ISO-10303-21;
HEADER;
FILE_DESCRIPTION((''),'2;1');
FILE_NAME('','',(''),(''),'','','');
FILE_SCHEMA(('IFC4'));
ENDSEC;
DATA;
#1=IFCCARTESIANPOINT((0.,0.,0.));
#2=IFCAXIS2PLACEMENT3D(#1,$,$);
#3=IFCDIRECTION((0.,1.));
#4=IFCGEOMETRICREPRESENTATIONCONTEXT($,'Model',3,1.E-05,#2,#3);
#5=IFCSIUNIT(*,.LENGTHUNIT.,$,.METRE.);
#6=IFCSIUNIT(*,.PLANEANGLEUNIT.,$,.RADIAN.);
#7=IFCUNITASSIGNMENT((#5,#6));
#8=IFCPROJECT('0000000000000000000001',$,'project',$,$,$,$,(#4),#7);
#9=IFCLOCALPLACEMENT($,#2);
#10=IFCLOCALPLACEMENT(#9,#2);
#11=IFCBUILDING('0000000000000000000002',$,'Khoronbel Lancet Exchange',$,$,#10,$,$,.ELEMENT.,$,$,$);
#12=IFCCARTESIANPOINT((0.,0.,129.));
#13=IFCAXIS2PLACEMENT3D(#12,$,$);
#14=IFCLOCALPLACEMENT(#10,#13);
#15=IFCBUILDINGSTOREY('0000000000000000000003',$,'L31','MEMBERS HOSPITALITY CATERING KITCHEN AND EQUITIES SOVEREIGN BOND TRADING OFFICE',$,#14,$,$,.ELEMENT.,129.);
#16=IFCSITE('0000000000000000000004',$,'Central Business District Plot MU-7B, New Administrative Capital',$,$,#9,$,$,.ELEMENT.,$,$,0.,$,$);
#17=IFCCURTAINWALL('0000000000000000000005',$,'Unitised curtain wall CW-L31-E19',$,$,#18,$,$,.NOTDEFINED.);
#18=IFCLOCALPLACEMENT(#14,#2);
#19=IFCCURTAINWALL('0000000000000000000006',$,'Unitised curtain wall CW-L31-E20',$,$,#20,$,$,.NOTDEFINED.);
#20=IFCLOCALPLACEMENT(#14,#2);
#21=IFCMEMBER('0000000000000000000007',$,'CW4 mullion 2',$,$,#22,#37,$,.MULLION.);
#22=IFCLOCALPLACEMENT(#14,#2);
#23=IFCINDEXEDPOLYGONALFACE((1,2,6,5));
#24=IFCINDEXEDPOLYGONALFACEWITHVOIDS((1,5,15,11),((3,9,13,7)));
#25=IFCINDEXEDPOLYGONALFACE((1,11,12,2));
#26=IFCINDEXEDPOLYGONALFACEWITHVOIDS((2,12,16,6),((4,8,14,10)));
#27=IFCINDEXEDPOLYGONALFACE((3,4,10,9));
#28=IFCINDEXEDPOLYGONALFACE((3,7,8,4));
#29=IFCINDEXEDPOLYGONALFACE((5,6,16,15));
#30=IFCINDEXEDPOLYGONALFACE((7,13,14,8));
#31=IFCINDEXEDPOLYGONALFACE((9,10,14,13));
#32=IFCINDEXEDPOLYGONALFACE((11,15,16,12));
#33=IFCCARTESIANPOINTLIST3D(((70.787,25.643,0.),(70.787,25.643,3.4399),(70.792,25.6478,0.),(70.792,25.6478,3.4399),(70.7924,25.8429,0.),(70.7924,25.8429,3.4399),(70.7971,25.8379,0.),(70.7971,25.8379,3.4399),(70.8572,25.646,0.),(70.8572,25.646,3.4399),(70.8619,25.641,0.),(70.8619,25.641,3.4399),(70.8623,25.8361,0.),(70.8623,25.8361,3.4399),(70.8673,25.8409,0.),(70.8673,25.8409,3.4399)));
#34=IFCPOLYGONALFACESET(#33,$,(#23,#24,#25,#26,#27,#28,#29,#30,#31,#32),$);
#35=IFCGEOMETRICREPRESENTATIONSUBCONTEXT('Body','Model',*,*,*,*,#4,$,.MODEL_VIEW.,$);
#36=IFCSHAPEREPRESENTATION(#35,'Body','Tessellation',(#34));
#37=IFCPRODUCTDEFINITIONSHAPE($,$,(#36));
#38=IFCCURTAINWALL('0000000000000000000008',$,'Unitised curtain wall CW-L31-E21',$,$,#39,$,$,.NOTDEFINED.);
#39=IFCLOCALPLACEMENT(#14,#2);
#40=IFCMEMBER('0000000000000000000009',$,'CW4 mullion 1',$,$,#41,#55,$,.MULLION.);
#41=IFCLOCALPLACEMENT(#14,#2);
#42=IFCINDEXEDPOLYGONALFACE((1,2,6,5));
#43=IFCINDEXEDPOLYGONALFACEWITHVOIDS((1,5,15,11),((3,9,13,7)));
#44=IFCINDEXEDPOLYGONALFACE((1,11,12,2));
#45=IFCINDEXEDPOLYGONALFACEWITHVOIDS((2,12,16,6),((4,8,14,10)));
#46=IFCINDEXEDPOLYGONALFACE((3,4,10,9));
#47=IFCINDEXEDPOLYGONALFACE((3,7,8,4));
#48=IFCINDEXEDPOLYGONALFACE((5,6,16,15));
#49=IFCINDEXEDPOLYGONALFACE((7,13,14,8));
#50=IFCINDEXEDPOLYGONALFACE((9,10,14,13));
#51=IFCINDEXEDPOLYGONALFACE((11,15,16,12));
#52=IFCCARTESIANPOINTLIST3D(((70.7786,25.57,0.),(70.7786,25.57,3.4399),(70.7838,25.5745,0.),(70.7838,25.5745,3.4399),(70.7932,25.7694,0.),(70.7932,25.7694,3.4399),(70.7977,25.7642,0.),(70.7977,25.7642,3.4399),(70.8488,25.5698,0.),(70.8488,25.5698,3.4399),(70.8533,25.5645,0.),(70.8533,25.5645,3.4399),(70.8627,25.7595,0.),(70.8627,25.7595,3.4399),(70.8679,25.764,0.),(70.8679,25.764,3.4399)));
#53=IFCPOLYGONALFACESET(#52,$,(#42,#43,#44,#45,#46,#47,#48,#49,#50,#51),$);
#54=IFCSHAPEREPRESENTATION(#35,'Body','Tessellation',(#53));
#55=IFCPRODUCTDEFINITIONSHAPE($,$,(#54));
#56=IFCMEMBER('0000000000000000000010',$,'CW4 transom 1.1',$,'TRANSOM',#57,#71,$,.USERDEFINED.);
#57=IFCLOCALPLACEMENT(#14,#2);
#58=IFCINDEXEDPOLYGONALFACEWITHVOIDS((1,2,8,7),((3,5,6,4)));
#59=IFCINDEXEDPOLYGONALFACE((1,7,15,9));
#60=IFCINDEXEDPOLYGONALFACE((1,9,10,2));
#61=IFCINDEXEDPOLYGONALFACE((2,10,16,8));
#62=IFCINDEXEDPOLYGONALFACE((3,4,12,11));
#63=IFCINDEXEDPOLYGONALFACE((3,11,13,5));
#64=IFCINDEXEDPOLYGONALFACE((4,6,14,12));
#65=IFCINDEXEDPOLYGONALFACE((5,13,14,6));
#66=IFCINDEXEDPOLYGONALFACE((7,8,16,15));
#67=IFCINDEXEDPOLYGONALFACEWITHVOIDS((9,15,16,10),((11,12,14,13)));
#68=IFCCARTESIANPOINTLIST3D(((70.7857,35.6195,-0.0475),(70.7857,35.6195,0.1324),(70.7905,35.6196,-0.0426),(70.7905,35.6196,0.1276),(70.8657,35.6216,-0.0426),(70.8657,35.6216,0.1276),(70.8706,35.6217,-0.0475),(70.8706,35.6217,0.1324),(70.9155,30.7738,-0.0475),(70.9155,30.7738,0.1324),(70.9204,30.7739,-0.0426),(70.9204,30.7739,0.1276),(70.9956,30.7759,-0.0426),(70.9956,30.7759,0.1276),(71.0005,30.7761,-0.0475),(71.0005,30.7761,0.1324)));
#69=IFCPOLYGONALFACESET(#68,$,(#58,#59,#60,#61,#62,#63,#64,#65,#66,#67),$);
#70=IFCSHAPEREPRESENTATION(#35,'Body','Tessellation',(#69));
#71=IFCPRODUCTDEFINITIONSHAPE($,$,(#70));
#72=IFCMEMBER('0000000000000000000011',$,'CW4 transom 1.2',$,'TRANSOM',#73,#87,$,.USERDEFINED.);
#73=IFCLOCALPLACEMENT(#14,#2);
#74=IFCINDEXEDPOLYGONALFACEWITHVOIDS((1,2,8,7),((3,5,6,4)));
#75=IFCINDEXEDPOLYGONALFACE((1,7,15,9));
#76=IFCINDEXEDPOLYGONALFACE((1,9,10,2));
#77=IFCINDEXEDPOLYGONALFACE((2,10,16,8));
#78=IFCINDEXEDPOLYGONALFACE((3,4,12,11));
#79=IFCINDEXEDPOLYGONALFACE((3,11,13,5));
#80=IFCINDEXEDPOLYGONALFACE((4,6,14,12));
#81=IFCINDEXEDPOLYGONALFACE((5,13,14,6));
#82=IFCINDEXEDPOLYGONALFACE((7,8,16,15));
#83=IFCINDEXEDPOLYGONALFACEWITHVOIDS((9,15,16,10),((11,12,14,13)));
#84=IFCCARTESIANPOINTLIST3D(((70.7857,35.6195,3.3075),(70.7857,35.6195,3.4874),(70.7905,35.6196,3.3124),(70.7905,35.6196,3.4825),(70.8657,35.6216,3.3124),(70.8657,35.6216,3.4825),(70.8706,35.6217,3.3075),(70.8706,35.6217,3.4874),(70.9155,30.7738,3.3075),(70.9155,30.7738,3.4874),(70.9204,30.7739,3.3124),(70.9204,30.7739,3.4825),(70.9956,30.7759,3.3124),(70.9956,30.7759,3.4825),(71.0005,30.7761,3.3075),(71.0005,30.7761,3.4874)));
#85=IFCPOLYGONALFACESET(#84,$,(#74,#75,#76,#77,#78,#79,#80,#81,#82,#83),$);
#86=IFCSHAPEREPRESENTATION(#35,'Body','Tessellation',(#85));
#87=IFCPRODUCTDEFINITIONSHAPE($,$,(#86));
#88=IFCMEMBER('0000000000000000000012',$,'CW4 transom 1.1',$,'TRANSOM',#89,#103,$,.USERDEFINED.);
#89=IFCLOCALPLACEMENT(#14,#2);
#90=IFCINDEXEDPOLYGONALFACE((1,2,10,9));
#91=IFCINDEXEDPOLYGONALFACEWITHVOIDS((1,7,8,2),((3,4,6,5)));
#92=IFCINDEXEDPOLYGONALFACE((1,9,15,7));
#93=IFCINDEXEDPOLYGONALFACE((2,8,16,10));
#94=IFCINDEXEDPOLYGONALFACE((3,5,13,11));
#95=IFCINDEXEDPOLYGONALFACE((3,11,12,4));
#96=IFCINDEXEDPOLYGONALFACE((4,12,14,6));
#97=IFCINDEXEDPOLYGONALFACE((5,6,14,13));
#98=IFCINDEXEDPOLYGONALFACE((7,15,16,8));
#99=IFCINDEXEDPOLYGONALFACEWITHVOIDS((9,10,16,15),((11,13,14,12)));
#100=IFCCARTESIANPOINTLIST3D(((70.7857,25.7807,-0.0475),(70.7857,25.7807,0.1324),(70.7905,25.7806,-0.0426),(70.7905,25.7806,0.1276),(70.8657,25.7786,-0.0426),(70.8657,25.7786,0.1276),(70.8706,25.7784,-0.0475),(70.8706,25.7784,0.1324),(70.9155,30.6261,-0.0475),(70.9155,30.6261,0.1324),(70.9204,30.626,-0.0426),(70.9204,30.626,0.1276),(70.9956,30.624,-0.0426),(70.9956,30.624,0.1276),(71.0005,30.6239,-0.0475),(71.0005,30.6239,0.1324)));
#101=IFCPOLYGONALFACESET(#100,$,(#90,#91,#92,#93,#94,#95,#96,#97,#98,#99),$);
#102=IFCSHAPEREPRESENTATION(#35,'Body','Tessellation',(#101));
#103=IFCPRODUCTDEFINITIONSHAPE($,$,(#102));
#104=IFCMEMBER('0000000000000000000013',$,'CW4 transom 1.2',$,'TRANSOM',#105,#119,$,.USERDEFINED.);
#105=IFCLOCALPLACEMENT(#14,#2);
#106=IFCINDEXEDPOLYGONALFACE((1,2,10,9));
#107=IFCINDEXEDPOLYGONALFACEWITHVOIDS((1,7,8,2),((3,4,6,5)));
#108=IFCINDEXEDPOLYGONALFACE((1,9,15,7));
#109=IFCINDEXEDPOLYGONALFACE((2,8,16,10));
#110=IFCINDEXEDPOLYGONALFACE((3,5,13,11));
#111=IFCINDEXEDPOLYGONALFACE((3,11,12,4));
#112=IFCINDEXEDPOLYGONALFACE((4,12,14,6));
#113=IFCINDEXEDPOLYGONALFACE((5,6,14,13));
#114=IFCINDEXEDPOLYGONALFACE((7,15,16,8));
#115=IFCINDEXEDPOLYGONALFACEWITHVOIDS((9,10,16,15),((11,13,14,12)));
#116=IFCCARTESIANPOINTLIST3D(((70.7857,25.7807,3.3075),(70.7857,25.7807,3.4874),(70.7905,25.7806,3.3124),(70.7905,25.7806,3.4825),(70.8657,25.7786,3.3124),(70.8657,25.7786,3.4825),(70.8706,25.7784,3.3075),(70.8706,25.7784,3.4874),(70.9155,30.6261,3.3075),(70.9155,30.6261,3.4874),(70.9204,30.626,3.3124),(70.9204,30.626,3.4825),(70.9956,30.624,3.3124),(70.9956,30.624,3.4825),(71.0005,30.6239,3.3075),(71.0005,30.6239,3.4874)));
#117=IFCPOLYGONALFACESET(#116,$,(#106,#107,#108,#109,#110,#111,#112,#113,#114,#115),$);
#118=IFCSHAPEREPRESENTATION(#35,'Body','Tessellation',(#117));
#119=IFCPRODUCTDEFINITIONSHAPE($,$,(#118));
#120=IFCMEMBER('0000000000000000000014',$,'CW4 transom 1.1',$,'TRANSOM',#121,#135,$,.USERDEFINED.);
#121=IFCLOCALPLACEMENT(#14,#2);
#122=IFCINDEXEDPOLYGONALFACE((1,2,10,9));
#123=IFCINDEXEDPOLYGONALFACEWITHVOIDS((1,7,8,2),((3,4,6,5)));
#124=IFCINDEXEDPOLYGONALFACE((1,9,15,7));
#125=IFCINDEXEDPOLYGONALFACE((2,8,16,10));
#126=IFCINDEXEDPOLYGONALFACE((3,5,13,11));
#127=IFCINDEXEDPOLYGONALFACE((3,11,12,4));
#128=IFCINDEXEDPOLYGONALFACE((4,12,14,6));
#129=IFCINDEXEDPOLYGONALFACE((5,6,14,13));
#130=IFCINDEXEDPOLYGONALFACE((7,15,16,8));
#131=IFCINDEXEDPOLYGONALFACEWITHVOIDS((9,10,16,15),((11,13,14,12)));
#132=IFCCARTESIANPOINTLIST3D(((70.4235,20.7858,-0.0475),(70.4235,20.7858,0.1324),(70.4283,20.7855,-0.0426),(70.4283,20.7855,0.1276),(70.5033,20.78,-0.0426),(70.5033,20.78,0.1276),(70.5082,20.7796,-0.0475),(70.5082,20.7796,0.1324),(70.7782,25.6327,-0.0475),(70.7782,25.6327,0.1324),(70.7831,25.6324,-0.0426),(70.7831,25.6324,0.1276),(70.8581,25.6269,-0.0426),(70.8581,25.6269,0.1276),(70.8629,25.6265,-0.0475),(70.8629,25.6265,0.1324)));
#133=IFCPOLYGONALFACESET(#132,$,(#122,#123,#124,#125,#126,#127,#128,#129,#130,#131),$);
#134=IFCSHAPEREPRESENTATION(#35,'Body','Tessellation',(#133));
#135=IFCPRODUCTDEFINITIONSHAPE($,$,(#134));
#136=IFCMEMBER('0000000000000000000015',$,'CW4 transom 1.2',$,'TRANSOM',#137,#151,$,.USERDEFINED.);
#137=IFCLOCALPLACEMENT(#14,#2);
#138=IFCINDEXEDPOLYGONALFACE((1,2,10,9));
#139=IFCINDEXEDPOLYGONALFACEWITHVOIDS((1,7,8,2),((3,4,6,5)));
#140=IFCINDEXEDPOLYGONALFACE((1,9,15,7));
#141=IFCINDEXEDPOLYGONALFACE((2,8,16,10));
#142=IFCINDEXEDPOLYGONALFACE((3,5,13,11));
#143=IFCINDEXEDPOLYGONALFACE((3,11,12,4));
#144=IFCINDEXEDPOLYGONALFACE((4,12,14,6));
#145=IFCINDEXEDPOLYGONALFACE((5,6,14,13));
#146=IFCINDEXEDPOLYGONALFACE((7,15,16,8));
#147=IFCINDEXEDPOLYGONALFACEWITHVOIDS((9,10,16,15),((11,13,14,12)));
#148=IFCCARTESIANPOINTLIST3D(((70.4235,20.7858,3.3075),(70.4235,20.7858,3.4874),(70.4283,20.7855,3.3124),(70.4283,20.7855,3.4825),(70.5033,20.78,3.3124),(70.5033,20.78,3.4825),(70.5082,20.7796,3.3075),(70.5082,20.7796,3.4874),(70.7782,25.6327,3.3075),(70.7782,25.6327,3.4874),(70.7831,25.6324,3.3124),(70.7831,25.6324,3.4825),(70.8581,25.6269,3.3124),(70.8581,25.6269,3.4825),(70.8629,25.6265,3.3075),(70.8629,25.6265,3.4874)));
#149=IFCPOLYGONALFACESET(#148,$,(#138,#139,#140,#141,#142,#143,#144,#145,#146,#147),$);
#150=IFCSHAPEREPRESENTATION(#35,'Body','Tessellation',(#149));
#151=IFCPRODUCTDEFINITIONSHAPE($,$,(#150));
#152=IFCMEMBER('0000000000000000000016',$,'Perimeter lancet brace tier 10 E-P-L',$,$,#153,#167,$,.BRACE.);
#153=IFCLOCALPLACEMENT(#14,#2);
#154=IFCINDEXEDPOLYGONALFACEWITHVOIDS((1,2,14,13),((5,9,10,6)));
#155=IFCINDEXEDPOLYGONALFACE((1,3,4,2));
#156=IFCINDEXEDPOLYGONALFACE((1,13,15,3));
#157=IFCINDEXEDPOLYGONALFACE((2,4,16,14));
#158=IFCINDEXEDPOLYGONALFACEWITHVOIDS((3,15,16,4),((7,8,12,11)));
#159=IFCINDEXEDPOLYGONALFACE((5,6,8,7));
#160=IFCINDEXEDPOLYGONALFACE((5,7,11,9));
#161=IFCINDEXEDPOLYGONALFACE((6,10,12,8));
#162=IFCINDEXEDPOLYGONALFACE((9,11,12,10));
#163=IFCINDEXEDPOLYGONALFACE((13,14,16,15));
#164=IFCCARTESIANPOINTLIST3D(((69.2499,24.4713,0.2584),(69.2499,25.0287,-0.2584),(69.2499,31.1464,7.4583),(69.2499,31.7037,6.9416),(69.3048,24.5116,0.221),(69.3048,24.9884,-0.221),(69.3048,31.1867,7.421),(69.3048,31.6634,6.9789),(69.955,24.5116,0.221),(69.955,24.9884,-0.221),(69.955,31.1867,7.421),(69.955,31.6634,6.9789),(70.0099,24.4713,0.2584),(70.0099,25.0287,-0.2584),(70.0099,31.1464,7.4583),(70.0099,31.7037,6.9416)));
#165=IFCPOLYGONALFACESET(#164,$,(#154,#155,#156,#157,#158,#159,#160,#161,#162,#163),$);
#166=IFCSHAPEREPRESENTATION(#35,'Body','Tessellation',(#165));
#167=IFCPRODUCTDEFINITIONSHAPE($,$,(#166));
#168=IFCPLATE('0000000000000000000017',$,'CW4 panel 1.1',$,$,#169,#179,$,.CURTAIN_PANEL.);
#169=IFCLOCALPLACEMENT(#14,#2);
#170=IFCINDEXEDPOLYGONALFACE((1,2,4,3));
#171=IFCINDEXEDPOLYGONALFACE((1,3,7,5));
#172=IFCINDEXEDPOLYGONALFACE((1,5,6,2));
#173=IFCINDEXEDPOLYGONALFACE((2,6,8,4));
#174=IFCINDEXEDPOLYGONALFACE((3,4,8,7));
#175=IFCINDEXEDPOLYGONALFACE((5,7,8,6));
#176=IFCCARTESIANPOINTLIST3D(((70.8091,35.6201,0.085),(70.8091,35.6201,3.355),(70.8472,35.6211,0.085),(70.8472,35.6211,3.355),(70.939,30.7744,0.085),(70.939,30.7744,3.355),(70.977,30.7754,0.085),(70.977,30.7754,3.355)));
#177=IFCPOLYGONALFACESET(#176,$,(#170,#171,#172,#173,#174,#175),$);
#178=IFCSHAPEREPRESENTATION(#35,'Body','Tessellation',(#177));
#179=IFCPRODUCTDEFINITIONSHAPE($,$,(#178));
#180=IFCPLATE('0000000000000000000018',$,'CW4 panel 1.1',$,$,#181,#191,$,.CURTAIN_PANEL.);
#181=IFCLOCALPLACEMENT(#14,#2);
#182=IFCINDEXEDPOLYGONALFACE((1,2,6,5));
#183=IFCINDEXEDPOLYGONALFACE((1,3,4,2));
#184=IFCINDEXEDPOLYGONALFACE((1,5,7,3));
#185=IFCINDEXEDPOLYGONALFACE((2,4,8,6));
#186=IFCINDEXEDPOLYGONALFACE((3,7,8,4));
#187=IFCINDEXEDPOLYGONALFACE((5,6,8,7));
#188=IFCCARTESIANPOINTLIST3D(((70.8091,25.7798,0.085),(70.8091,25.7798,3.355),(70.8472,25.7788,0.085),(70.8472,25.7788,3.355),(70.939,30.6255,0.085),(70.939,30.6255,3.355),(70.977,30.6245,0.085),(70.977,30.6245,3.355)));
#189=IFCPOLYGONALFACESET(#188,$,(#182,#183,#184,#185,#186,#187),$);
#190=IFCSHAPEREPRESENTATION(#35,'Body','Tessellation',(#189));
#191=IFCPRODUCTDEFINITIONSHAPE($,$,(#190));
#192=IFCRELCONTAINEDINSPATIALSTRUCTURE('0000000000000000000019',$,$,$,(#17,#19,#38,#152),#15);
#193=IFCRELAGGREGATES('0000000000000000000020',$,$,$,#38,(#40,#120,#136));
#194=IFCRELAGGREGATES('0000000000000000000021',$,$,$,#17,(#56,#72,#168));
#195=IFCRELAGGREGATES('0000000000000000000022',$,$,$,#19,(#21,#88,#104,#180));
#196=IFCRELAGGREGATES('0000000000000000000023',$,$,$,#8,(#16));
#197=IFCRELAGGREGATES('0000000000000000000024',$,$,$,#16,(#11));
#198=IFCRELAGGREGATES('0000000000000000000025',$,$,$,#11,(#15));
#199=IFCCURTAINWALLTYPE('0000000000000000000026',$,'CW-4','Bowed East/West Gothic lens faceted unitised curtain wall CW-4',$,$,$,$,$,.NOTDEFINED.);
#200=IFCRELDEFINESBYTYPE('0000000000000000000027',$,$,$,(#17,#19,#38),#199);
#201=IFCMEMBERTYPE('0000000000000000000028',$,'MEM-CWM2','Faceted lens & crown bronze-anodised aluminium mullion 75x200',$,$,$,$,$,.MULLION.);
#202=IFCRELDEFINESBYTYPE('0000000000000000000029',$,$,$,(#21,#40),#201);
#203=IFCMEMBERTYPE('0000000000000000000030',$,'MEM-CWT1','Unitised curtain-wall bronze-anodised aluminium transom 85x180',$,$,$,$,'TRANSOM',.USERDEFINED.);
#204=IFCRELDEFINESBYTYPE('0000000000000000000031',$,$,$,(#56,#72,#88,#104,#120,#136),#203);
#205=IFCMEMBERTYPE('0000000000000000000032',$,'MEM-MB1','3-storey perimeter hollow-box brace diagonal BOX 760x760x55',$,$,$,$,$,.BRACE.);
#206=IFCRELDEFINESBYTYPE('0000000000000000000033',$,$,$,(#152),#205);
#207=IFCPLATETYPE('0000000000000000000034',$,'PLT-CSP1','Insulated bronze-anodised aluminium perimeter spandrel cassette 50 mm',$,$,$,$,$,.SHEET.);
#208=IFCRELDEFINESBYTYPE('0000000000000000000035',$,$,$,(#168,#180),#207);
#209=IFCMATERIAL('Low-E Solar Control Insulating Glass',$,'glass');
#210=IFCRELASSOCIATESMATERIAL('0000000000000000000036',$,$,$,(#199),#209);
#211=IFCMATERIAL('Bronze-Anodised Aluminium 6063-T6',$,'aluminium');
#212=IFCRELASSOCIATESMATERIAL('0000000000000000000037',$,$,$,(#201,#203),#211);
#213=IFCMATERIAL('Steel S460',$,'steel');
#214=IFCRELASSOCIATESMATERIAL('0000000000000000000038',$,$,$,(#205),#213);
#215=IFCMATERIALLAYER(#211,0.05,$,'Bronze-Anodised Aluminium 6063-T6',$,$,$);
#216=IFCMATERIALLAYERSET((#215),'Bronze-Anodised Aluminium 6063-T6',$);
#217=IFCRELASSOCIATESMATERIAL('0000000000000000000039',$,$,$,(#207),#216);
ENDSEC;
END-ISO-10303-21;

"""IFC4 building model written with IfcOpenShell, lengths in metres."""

from ifc_helpers import new_model, si_unit, direction, frame, origin, origin_2d, place, context, subcontext, project, spatial, rectangle, hollow_rectangle, extrude, material, layer, layer_set, material_profile, profile_set, type_object, element, aggregate, save


model = new_model("IFC4")

# Units and contexts
model_context = context("Model", 3, precision=1e-05, world=origin(), true_north=direction((0.0, 1.0)))
body_context = subcontext(model_context, "Body", "Model", "MODEL_VIEW")
ifc_project = project(units=[si_unit("LENGTHUNIT", "METRE"), si_unit("PLANEANGLEUNIT", "RADIAN")], contexts=[model_context])

# Site, building, storey
site_placement = place(None, origin())
site = spatial("IfcSite", under=ifc_project, at=site_placement, Name="Central Business District Plot MU-7B, New Administrative Capital", CompositionType="ELEMENT", RefElevation=0.0)
building_placement = place(site_placement, origin())
building = spatial("IfcBuilding", under=site, at=building_placement, Name="Khoronbel Lancet Exchange", CompositionType="ELEMENT")
storey_placement = place(building_placement, frame((0.0, 0.0, 129.0)))
storey = spatial("IfcBuildingStorey", under=building, at=storey_placement, Name="L31", Description="MEMBERS HOSPITALITY CATERING KITCHEN AND EQUITIES SOVEREIGN BOND TRADING OFFICE", CompositionType="ELEMENT", Elevation=129.0)

# Shared definitions
ifc_material_1 = material(Name="Steel S460", Category="steel")

# Curtain walls, member
ifc_material_2 = material(Name="Low-E Solar Control Insulating Glass", Category="glass")
curtain_wall_type = type_object("IfcCurtainWallType", Name="CW-4", Description="Bowed East/West Gothic lens faceted unitised curtain wall CW-4", PredefinedType="NOTDEFINED", material=ifc_material_2)
curtain_wall_1_placement = place(storey_placement, origin())
curtain_wall_1 = element("IfcCurtainWall", 1, at=curtain_wall_1_placement, inside=storey, type_object=curtain_wall_type, Name="Unitised curtain wall CW-L31-E19", PredefinedType="NOTDEFINED")
ifc_material_3 = material(Name="Bronze-Anodised Aluminium 6063-T6", Category="aluminium")
ifc_material_profile_1 = material_profile(ifc_material_3, hollow_rectangle(XDim=0.075, YDim=0.2, WallThickness=0.0049, at=origin_2d()), Name="ALU MULLION 75x200")
ifc_profile_set_1 = profile_set([ifc_material_profile_1], Name="Bronze-Anodised Aluminium 6063-T6")
member_type_1 = type_object("IfcMemberType", Name="MEM-CWM2", Description="Faceted lens & crown bronze-anodised aluminium mullion 75x200", PredefinedType="MULLION", material=ifc_profile_set_1)
curtain_wall_2_placement = place(storey_placement, origin())
curtain_wall_2 = element("IfcCurtainWall", 2, at=curtain_wall_2_placement, inside=storey, type_object=curtain_wall_type, Name="Unitised curtain wall CW-L31-E20", PredefinedType="NOTDEFINED")
member_1_placement = place(storey_placement, frame((70.8271, 25.7419, 0.0), z_axis=(0.0, 0.0, 1.0), x_axis=(0.999641, -0.026795, 0.0)))
member_1 = element("IfcMember", 3, at=member_1_placement, type_object=member_type_1, Name="CW4 mullion 2", PredefinedType="MULLION", context=body_context, shape_type="SweptSolid", body=[
    extrude(hollow_rectangle(XDim=0.075, YDim=0.2, WallThickness=0.0049, at=origin_2d()), origin(), (0.0, 0.0, 1.0), 3.4399),
])

# Curtain wall, member
curtain_wall_3_placement = place(storey_placement, origin())
curtain_wall_3 = element("IfcCurtainWall", 4, at=curtain_wall_3_placement, inside=storey, type_object=curtain_wall_type, Name="Unitised curtain wall CW-L31-E21", PredefinedType="NOTDEFINED")
member_2_placement = place(storey_placement, frame((70.8232, 25.667, 0.0), z_axis=(0.0, 0.0, 1.0), x_axis=(0.997331, -0.073013, 0.0)))
member_2 = element("IfcMember", 5, at=member_2_placement, type_object=member_type_1, Name="CW4 mullion 1", PredefinedType="MULLION", context=body_context, shape_type="SweptSolid", body=[
    extrude(hollow_rectangle(XDim=0.075, YDim=0.2, WallThickness=0.0049, at=origin_2d()), origin(), (0.0, 0.0, 1.0), 3.4399),
])

# Members
ifc_material_profile_2 = material_profile(ifc_material_3, hollow_rectangle(XDim=0.085, YDim=0.1799, WallThickness=0.0049, at=origin_2d()), Name="ALU TRANSOM 85x180")
ifc_profile_set_2 = profile_set([ifc_material_profile_2], Name="Bronze-Anodised Aluminium 6063-T6")
member_type_2 = type_object("IfcMemberType", Name="MEM-CWT1", Description="Unitised curtain-wall bronze-anodised aluminium transom 85x180", ElementType="TRANSOM", PredefinedType="USERDEFINED", material=ifc_profile_set_2)
member_3_placement = place(storey_placement, frame((70.8281, 35.6206, 0.0425), z_axis=(0.026794, -0.999641, 0.0), x_axis=(0.999641, 0.026794, 0.0)))
member_3 = element("IfcMember", 6, at=member_3_placement, type_object=member_type_2, Name="CW4 transom 1.1", ObjectType="TRANSOM", PredefinedType="USERDEFINED", context=body_context, shape_type="SweptSolid", body=[
    extrude(hollow_rectangle(XDim=0.085, YDim=0.1799, WallThickness=0.0049, at=origin_2d()), origin(), (0.0, 0.0, 1.0), 4.8474),
])
member_4_placement = place(storey_placement, frame((70.8281, 35.6206, 3.3975), z_axis=(0.026794, -0.999641, 0.0), x_axis=(0.999641, 0.026794, 0.0)))
member_4 = element("IfcMember", 7, at=member_4_placement, type_object=member_type_2, Name="CW4 transom 1.2", ObjectType="TRANSOM", PredefinedType="USERDEFINED", context=body_context, shape_type="SweptSolid", body=[
    extrude(hollow_rectangle(XDim=0.085, YDim=0.1799, WallThickness=0.0049, at=origin_2d()), origin(), (0.0, 0.0, 1.0), 4.8474),
])
member_5_placement = place(storey_placement, frame((70.958, 30.625, 0.0425), z_axis=(-0.026795, -0.999641, 0.0), x_axis=(0.999641, -0.026795, 0.0)))
member_5 = element("IfcMember", 8, at=member_5_placement, type_object=member_type_2, Name="CW4 transom 1.1", ObjectType="TRANSOM", PredefinedType="USERDEFINED", context=body_context, shape_type="SweptSolid", body=[
    extrude(hollow_rectangle(XDim=0.085, YDim=0.1799, WallThickness=0.0049, at=origin_2d()), origin(), (0.0, 0.0, 1.0), 4.8472),
])
member_6_placement = place(storey_placement, frame((70.958, 30.625, 3.3975), z_axis=(-0.026795, -0.999641, 0.0), x_axis=(0.999641, -0.026795, 0.0)))
member_6 = element("IfcMember", 9, at=member_6_placement, type_object=member_type_2, Name="CW4 transom 1.2", ObjectType="TRANSOM", PredefinedType="USERDEFINED", context=body_context, shape_type="SweptSolid", body=[
    extrude(hollow_rectangle(XDim=0.085, YDim=0.1799, WallThickness=0.0049, at=origin_2d()), origin(), (0.0, 0.0, 1.0), 4.8472),
])
member_7_placement = place(storey_placement, frame((70.8206, 25.6296, 0.0425), z_axis=(-0.072993, -0.997332, 0.0), x_axis=(0.997332, -0.072993, 0.0)))
member_7 = element("IfcMember", 10, at=member_7_placement, type_object=member_type_2, Name="CW4 transom 1.1", ObjectType="TRANSOM", PredefinedType="USERDEFINED", context=body_context, shape_type="SweptSolid", body=[
    extrude(hollow_rectangle(XDim=0.085, YDim=0.1799, WallThickness=0.0049, at=origin_2d()), origin(), (0.0, 0.0, 1.0), 4.8599),
])
member_8_placement = place(storey_placement, frame((70.8206, 25.6296, 3.3975), z_axis=(-0.072993, -0.997332, 0.0), x_axis=(0.997332, -0.072993, 0.0)))
member_8 = element("IfcMember", 11, at=member_8_placement, type_object=member_type_2, Name="CW4 transom 1.2", ObjectType="TRANSOM", PredefinedType="USERDEFINED", context=body_context, shape_type="SweptSolid", body=[
    extrude(hollow_rectangle(XDim=0.085, YDim=0.1799, WallThickness=0.0049, at=origin_2d()), origin(), (0.0, 0.0, 1.0), 4.8599),
])
aggregate(curtain_wall_3, [member_2, member_7, member_8])
ifc_material_profile_3 = material_profile(ifc_material_1, hollow_rectangle(XDim=0.76, YDim=0.76, WallThickness=0.0549, at=origin_2d()), Name="BOX 760x760x55")
ifc_profile_set_3 = profile_set([ifc_material_profile_3], Name="Steel S460")
member_type_3 = type_object("IfcMemberType", Name="MEM-MB1", Description="3-storey perimeter hollow-box brace diagonal BOX 760x760x55", PredefinedType="BRACE", material=ifc_profile_set_3)
member_9_placement = place(storey_placement, frame((69.6299, 24.75, 0.0), z_axis=(0.0, 0.67987, 0.733333), x_axis=(-1.0, 0.0, 0.0)))
element("IfcMember", 12, at=member_9_placement, inside=storey, type_object=member_type_3, Name="Perimeter lancet brace tier 10 E-P-L", PredefinedType="BRACE", context=body_context, shape_type="SweptSolid", body=[
    extrude(hollow_rectangle(XDim=0.76, YDim=0.76, WallThickness=0.0549, at=origin_2d()), origin(), (0.0, 0.0, 1.0), 9.8181),
])

# Plates
ifc_layer_1 = layer(ifc_material_3, 0.05, Name="Bronze-Anodised Aluminium 6063-T6")
ifc_layer_set_1 = layer_set([ifc_layer_1], Name="Bronze-Anodised Aluminium 6063-T6")
plate_type_1 = type_object("IfcPlateType", Name="PLT-CSP1", Description="Insulated bronze-anodised aluminium perimeter spandrel cassette 50 mm", PredefinedType="SHEET", material=ifc_layer_set_1)
plate_1_placement = place(storey_placement, frame((70.8931, 33.1978, 0.085), z_axis=(0.0, 0.0, 1.0), x_axis=(0.026795, -0.999641, 0.0)))
plate_1 = element("IfcPlate", 13, at=plate_1_placement, type_object=plate_type_1, Name="CW4 panel 1.1", PredefinedType="CURTAIN_PANEL", context=body_context, shape_type="SweptSolid", body=[
    extrude(rectangle(XDim=4.8474, YDim=0.0381, at=origin_2d()), origin(), (0.0, 0.0, 1.0), 3.27),
])
aggregate(curtain_wall_1, [member_3, member_4, plate_1])
plate_2_placement = place(storey_placement, frame((70.8931, 28.2021, 0.085), z_axis=(0.0, 0.0, 1.0), x_axis=(-0.026795, -0.999641, 0.0)))
plate_2 = element("IfcPlate", 14, at=plate_2_placement, type_object=plate_type_1, Name="CW4 panel 1.1", PredefinedType="CURTAIN_PANEL", context=body_context, shape_type="SweptSolid", body=[
    extrude(rectangle(XDim=4.8474, YDim=0.0381, at=origin_2d()), origin(), (0.0, 0.0, 1.0), 3.27),
])
aggregate(curtain_wall_2, [member_1, member_5, member_6, plate_2])

save(model, "model.ifc")
